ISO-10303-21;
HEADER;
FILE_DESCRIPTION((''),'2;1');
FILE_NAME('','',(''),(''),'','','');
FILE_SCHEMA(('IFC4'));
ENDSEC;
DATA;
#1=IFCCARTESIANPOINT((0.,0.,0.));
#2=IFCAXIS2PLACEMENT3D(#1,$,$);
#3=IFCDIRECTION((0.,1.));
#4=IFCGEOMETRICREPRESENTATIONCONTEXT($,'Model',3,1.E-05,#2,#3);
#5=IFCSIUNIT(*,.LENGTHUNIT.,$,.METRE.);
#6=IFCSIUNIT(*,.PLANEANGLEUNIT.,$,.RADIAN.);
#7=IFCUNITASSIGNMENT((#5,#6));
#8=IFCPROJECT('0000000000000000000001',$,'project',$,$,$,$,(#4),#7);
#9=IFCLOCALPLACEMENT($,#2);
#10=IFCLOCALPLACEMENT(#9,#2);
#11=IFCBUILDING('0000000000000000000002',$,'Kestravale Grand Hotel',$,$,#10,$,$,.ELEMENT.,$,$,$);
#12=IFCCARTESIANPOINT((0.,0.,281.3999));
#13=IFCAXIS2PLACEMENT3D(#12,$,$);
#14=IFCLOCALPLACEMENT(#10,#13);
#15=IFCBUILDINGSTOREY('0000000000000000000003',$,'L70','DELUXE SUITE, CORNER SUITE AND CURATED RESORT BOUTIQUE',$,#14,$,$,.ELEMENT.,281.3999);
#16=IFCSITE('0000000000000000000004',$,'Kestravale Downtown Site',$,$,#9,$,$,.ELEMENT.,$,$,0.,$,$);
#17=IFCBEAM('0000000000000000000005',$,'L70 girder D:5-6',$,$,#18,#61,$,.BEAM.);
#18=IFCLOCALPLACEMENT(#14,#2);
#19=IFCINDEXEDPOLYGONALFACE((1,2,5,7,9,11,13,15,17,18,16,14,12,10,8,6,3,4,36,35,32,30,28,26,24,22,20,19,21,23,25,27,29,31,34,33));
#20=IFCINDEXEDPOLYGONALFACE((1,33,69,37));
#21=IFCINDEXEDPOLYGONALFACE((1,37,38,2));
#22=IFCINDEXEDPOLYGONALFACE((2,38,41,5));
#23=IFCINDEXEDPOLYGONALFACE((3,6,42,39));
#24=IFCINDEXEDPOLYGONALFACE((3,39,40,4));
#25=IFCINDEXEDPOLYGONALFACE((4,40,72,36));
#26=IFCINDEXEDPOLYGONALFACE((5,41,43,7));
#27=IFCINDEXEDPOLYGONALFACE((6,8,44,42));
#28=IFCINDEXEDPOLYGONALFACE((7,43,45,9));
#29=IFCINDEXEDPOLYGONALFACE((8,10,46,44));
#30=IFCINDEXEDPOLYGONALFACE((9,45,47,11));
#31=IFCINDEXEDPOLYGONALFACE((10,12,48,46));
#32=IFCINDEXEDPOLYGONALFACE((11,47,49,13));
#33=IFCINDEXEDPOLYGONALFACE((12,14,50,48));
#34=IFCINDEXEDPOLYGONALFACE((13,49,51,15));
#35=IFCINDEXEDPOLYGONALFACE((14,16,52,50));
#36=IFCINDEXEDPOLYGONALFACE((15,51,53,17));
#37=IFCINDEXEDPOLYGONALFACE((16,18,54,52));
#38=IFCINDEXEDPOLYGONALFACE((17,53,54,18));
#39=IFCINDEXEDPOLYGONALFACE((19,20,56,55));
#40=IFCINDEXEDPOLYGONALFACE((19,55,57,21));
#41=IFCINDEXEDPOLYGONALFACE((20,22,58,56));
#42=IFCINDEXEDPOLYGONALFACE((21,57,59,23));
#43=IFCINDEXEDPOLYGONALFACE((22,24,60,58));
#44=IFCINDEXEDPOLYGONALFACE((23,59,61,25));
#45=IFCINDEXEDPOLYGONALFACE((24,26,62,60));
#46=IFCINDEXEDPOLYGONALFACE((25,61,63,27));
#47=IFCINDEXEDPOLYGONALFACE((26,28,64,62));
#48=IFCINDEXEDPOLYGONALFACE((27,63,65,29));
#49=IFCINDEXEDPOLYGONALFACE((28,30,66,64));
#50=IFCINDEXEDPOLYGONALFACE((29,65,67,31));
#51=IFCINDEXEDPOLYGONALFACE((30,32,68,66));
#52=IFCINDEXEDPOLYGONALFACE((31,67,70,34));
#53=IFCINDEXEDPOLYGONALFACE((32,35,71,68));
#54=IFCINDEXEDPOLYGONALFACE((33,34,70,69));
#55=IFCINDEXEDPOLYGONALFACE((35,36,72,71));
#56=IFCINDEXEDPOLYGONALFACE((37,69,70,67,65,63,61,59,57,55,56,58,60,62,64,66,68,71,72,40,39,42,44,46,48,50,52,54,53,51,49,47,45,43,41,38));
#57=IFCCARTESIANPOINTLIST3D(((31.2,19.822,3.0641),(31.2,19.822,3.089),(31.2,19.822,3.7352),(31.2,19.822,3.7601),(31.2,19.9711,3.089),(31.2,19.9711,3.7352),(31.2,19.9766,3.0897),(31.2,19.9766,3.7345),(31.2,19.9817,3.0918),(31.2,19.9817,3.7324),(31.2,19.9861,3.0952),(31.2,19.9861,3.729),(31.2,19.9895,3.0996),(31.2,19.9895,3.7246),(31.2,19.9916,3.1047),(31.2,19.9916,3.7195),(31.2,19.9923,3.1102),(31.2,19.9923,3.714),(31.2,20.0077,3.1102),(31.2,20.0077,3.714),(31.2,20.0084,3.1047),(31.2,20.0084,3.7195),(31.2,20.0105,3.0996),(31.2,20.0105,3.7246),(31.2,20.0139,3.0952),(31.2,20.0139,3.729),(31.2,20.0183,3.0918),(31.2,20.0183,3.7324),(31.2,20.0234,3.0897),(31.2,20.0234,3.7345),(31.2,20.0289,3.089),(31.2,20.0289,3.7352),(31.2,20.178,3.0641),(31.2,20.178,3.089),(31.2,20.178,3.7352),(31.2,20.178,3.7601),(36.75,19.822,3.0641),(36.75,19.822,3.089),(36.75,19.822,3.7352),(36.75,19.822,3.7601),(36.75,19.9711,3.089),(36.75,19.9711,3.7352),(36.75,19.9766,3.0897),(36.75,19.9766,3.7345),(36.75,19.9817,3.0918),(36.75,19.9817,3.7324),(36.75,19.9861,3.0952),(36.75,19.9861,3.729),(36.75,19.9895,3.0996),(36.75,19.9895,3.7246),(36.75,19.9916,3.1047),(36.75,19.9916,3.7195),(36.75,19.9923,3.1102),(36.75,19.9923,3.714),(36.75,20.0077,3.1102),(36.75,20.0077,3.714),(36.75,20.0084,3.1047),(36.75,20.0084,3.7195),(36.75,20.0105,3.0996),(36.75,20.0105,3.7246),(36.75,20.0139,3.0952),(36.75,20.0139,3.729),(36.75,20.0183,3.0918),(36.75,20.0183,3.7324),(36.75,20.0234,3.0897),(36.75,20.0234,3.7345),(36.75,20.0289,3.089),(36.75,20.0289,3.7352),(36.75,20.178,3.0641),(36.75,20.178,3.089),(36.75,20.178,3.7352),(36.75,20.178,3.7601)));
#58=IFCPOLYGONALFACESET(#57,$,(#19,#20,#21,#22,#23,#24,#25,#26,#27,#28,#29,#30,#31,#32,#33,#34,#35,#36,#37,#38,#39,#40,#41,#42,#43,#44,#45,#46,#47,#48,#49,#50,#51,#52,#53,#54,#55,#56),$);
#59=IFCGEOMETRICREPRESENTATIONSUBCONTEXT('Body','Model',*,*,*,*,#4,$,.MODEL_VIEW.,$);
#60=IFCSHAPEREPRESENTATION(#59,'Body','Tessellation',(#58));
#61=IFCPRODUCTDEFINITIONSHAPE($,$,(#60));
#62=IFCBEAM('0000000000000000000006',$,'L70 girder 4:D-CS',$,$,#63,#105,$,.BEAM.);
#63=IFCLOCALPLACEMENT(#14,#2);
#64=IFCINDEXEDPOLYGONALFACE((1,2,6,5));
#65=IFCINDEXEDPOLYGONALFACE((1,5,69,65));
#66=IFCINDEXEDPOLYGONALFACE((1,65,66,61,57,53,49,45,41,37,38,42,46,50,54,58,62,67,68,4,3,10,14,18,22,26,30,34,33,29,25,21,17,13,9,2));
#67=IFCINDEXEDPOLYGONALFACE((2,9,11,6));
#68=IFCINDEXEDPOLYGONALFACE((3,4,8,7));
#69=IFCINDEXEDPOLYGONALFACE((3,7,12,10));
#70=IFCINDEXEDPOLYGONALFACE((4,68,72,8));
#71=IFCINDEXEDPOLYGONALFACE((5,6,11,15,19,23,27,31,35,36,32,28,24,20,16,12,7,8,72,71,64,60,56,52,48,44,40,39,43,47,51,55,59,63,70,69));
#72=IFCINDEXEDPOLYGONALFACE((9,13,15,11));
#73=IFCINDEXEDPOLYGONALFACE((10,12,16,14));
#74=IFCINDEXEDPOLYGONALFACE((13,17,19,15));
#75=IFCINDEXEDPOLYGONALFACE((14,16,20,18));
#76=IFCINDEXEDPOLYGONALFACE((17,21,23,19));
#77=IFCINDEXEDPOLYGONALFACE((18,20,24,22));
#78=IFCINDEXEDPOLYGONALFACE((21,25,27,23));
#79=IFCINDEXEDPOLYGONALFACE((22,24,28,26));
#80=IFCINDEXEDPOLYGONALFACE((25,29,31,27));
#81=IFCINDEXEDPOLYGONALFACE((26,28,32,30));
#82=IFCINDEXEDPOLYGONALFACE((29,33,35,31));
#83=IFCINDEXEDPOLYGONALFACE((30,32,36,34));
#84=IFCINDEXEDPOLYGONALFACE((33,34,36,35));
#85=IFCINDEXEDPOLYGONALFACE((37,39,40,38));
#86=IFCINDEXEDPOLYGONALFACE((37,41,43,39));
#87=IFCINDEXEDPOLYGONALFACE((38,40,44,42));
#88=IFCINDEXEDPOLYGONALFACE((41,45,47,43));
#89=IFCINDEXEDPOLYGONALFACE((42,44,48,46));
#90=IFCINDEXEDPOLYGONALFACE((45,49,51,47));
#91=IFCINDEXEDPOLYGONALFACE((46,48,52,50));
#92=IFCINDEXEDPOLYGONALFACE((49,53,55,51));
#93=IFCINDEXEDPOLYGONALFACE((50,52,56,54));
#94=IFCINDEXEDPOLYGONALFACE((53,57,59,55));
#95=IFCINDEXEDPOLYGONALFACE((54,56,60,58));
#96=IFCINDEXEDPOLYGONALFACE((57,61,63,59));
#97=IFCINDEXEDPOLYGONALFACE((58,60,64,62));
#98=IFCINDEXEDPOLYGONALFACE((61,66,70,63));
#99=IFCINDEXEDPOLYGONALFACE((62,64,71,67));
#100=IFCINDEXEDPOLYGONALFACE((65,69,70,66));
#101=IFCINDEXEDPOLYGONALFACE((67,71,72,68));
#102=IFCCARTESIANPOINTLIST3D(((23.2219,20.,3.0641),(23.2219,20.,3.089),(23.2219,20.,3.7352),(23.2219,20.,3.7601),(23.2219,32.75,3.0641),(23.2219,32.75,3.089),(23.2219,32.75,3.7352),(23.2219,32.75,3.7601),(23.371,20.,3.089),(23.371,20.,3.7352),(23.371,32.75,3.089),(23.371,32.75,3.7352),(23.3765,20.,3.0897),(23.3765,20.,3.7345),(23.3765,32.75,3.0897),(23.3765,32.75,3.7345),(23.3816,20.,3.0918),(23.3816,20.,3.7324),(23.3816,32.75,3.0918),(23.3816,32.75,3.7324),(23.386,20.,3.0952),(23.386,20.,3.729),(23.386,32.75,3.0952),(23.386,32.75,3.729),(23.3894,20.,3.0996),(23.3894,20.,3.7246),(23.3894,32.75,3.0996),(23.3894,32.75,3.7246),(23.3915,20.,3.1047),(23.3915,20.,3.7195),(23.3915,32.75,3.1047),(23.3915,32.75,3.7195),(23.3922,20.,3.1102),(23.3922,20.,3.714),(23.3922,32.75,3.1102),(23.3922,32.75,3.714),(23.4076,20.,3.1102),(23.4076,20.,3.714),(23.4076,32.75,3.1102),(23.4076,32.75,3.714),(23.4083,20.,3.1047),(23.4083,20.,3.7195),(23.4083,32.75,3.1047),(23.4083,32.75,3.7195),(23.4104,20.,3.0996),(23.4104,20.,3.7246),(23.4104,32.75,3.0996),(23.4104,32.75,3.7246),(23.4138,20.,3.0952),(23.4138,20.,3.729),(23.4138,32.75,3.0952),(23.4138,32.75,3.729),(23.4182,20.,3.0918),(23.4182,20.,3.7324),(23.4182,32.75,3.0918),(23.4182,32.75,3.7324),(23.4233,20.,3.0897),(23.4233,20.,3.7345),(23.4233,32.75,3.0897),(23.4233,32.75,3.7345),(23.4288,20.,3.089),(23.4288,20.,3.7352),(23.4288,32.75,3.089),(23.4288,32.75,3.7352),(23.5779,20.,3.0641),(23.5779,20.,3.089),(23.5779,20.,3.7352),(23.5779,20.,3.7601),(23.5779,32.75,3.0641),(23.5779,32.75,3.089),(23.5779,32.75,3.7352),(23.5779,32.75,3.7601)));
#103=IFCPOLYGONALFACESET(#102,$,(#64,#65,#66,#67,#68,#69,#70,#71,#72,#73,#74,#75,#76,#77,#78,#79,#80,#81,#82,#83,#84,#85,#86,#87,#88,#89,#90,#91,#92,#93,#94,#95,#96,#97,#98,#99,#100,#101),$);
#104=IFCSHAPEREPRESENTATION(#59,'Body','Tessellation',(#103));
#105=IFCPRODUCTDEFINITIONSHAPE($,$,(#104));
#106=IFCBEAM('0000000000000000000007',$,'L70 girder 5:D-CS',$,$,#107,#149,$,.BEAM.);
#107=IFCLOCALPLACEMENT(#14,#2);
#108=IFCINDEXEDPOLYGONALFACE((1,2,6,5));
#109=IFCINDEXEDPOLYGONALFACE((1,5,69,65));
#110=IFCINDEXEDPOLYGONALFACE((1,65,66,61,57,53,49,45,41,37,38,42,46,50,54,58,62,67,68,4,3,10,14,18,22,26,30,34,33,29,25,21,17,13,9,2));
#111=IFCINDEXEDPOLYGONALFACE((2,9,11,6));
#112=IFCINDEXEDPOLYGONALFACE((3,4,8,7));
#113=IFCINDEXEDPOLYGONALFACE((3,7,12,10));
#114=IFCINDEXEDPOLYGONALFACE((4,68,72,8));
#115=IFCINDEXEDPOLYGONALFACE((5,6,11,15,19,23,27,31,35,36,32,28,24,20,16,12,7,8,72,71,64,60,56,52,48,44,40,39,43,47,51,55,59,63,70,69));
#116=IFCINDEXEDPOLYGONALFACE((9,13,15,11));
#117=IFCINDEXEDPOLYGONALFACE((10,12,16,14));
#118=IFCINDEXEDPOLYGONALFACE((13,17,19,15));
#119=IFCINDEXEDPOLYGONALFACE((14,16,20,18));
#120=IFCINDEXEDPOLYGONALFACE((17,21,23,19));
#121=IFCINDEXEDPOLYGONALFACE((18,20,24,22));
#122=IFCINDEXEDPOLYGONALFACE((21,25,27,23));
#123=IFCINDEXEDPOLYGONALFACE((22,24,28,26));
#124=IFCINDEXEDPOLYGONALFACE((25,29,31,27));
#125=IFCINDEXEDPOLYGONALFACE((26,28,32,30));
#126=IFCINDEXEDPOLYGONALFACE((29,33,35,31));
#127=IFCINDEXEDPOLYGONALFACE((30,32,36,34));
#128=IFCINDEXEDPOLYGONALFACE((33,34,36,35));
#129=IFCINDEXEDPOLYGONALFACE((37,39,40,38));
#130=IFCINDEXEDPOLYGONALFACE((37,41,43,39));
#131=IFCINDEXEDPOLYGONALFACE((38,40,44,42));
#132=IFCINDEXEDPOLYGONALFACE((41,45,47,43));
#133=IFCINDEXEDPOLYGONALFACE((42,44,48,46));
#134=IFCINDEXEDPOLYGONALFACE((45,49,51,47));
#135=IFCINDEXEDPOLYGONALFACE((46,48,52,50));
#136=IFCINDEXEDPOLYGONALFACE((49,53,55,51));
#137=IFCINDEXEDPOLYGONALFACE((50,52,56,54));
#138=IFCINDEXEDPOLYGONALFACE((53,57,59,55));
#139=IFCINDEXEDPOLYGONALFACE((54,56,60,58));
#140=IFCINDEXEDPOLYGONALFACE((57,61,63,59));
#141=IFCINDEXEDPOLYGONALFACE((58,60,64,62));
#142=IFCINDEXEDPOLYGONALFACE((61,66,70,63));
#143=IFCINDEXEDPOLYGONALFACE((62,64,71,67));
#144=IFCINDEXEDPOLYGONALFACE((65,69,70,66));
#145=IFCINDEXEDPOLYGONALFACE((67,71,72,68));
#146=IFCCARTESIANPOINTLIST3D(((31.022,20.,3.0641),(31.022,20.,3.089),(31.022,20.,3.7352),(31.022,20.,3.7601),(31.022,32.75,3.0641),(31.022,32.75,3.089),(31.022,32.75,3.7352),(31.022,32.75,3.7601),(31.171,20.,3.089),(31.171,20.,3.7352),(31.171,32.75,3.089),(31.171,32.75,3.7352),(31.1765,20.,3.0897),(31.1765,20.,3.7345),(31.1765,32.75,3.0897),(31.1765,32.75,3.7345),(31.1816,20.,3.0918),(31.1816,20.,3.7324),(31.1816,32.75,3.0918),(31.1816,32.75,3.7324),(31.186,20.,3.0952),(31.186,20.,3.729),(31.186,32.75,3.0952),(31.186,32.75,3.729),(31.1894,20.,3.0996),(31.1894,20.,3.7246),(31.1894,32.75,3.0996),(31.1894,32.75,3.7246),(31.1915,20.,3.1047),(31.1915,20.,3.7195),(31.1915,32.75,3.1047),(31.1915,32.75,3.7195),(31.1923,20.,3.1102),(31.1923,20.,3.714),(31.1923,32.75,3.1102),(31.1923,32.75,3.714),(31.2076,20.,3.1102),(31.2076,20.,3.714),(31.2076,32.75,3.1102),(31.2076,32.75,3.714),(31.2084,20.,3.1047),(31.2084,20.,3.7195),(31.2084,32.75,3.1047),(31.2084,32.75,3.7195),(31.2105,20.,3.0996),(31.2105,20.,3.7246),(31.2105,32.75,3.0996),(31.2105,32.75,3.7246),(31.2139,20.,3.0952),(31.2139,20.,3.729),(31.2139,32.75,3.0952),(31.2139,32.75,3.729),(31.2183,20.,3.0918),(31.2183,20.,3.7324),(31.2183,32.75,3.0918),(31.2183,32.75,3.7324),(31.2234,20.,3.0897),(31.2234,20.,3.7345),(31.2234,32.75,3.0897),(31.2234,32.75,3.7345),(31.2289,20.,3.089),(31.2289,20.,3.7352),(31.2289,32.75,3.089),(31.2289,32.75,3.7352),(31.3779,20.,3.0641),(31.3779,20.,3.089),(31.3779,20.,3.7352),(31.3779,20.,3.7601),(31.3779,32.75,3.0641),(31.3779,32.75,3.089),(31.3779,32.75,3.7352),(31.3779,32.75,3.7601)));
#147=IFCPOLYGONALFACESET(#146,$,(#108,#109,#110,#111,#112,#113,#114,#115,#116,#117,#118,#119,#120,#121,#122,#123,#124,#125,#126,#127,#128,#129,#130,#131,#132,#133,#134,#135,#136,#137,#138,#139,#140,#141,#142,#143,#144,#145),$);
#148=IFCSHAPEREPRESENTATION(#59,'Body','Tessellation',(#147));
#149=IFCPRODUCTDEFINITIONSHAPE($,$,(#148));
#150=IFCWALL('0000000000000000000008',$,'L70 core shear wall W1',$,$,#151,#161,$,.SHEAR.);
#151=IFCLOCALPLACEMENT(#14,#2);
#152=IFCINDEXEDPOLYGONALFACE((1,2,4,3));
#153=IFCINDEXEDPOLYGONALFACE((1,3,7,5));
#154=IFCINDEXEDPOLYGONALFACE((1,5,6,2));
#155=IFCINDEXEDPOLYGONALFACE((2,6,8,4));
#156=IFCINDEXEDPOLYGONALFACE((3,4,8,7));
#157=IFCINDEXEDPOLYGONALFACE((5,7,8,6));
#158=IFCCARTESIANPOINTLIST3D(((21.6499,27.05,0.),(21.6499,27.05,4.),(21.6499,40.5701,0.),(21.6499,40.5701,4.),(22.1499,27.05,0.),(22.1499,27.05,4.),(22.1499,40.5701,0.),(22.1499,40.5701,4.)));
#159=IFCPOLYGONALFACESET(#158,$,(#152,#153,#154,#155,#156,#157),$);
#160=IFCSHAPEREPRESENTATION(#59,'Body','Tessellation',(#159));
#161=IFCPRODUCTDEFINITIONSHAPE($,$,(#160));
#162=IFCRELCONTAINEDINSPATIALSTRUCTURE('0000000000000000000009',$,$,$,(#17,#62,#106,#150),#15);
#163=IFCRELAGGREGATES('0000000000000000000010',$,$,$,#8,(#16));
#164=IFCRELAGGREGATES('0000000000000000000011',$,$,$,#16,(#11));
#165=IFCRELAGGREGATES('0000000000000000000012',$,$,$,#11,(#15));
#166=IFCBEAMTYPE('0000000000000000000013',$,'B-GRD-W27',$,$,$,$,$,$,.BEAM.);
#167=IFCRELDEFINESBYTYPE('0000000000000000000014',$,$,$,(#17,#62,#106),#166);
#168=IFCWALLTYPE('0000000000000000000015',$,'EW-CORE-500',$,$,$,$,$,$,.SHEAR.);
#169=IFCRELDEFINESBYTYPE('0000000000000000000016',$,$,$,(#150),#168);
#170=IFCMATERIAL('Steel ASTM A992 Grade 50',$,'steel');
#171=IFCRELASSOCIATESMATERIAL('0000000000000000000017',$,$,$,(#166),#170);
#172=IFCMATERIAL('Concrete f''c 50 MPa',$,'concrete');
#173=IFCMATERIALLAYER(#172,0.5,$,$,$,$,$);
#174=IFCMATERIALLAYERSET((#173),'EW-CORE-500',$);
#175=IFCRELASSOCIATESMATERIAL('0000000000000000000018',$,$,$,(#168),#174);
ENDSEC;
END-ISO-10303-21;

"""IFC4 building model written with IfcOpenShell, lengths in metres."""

from ifc_helpers import new_model, si_unit, direction, frame, frame_2d, origin, origin_2d, place, context, subcontext, project, spatial, rectangle, i_section, extrude, material, layer, layer_set, material_profile, profile_set, type_object, element, save


model = new_model("IFC4")

# Units and contexts
model_context = context("Model", 3, precision=1e-05, world=origin(), true_north=direction((0.0, 1.0)))
body_context = subcontext(model_context, "Body", "Model", "MODEL_VIEW")
ifc_project = project(units=[si_unit("LENGTHUNIT", "METRE"), si_unit("PLANEANGLEUNIT", "RADIAN")], contexts=[model_context])

# Site, building, storey
site_placement = place(None, origin())
site = spatial("IfcSite", under=ifc_project, at=site_placement, Name="Kestravale Downtown Site", CompositionType="ELEMENT", RefElevation=0.0)
building_placement = place(site_placement, origin())
building = spatial("IfcBuilding", under=site, at=building_placement, Name="Kestravale Grand Hotel", CompositionType="ELEMENT")
storey_placement = place(building_placement, frame((0.0, 0.0, 281.3999)))
storey = spatial("IfcBuildingStorey", under=building, at=storey_placement, Name="L70", Description="DELUXE SUITE, CORNER SUITE AND CURATED RESORT BOUTIQUE", CompositionType="ELEMENT", Elevation=281.3999)

# Beams
ifc_material_1 = material(Name="Steel ASTM A992 Grade 50", Category="steel")
ifc_material_profile_1 = material_profile(ifc_material_1, i_section(OverallWidth=0.356, OverallDepth=0.696, WebThickness=0.0154, FlangeThickness=0.0249, FilletRadius=0.0212, at=origin_2d()))
ifc_profile_set_1 = profile_set([ifc_material_profile_1], Name="Steel ASTM A992 Grade 50")
beam_type_1 = type_object("IfcBeamType", Name="B-GRD-W27", PredefinedType="BEAM", material=ifc_profile_set_1)
beam_1_placement = place(storey_placement, frame((31.2, 20.0, 3.4121), z_axis=(1.0, 0.0, 0.0), x_axis=(0.0, 1.0, 0.0)))
element("IfcBeam", 1, at=beam_1_placement, inside=storey, type_object=beam_type_1, Name="L70 girder D:5-6", PredefinedType="BEAM", context=body_context, shape_type="SweptSolid", body=[
    extrude(i_section(OverallWidth=0.356, OverallDepth=0.696, WebThickness=0.0154, FlangeThickness=0.0249, FilletRadius=0.0212, at=origin_2d()), origin(), (0.0, 0.0, 1.0), 5.55),
])
for number, where, z_axis, x_axis, name in (
    (2, (23.3999, 20.0, 3.4121), (0.0, 1.0, 0.0), (-1.0, 0.0, 0.0), "L70 girder 4:D-CS"),
    (3, (31.2, 20.0, 3.4121), (0.0, 1.0, 0.0), (-1.0, 0.0, 0.0), "L70 girder 5:D-CS"),
):
    element("IfcBeam", number, at=place(storey_placement, frame(where, z_axis=z_axis, x_axis=x_axis)), inside=storey, type_object=beam_type_1, Name=name, PredefinedType="BEAM", context=body_context, shape_type="SweptSolid", body=[
        extrude(i_section(OverallWidth=0.356, OverallDepth=0.696, WebThickness=0.0154, FlangeThickness=0.0249, FilletRadius=0.0212, at=origin_2d()), origin(), (0.0, 0.0, 1.0), 12.75),
    ])

# Wall
ifc_material_2 = material(Name="Concrete f'c 50 MPa", Category="concrete")
ifc_layer_1 = layer(ifc_material_2, 0.5)
ifc_layer_set_1 = layer_set([ifc_layer_1], Name="EW-CORE-500")
wall_type_1 = type_object("IfcWallType", Name="EW-CORE-500", PredefinedType="SHEAR", material=ifc_layer_set_1)
wall_1_placement = place(storey_placement, frame((21.8999, 27.05, 0.0), z_axis=(0.0, 0.0, 1.0), x_axis=(0.0, 1.0, 0.0)))
element("IfcWall", 4, at=wall_1_placement, inside=storey, type_object=wall_type_1, Name="L70 core shear wall W1", PredefinedType="SHEAR", context=body_context, shape_type="SweptSolid", body=[
    extrude(rectangle(XDim=13.52, YDim=0.5, at=frame_2d((6.76, 0.0))), origin(), (0.0, 0.0, 1.0), 4.0),
])

save(model, "model.ifc")
